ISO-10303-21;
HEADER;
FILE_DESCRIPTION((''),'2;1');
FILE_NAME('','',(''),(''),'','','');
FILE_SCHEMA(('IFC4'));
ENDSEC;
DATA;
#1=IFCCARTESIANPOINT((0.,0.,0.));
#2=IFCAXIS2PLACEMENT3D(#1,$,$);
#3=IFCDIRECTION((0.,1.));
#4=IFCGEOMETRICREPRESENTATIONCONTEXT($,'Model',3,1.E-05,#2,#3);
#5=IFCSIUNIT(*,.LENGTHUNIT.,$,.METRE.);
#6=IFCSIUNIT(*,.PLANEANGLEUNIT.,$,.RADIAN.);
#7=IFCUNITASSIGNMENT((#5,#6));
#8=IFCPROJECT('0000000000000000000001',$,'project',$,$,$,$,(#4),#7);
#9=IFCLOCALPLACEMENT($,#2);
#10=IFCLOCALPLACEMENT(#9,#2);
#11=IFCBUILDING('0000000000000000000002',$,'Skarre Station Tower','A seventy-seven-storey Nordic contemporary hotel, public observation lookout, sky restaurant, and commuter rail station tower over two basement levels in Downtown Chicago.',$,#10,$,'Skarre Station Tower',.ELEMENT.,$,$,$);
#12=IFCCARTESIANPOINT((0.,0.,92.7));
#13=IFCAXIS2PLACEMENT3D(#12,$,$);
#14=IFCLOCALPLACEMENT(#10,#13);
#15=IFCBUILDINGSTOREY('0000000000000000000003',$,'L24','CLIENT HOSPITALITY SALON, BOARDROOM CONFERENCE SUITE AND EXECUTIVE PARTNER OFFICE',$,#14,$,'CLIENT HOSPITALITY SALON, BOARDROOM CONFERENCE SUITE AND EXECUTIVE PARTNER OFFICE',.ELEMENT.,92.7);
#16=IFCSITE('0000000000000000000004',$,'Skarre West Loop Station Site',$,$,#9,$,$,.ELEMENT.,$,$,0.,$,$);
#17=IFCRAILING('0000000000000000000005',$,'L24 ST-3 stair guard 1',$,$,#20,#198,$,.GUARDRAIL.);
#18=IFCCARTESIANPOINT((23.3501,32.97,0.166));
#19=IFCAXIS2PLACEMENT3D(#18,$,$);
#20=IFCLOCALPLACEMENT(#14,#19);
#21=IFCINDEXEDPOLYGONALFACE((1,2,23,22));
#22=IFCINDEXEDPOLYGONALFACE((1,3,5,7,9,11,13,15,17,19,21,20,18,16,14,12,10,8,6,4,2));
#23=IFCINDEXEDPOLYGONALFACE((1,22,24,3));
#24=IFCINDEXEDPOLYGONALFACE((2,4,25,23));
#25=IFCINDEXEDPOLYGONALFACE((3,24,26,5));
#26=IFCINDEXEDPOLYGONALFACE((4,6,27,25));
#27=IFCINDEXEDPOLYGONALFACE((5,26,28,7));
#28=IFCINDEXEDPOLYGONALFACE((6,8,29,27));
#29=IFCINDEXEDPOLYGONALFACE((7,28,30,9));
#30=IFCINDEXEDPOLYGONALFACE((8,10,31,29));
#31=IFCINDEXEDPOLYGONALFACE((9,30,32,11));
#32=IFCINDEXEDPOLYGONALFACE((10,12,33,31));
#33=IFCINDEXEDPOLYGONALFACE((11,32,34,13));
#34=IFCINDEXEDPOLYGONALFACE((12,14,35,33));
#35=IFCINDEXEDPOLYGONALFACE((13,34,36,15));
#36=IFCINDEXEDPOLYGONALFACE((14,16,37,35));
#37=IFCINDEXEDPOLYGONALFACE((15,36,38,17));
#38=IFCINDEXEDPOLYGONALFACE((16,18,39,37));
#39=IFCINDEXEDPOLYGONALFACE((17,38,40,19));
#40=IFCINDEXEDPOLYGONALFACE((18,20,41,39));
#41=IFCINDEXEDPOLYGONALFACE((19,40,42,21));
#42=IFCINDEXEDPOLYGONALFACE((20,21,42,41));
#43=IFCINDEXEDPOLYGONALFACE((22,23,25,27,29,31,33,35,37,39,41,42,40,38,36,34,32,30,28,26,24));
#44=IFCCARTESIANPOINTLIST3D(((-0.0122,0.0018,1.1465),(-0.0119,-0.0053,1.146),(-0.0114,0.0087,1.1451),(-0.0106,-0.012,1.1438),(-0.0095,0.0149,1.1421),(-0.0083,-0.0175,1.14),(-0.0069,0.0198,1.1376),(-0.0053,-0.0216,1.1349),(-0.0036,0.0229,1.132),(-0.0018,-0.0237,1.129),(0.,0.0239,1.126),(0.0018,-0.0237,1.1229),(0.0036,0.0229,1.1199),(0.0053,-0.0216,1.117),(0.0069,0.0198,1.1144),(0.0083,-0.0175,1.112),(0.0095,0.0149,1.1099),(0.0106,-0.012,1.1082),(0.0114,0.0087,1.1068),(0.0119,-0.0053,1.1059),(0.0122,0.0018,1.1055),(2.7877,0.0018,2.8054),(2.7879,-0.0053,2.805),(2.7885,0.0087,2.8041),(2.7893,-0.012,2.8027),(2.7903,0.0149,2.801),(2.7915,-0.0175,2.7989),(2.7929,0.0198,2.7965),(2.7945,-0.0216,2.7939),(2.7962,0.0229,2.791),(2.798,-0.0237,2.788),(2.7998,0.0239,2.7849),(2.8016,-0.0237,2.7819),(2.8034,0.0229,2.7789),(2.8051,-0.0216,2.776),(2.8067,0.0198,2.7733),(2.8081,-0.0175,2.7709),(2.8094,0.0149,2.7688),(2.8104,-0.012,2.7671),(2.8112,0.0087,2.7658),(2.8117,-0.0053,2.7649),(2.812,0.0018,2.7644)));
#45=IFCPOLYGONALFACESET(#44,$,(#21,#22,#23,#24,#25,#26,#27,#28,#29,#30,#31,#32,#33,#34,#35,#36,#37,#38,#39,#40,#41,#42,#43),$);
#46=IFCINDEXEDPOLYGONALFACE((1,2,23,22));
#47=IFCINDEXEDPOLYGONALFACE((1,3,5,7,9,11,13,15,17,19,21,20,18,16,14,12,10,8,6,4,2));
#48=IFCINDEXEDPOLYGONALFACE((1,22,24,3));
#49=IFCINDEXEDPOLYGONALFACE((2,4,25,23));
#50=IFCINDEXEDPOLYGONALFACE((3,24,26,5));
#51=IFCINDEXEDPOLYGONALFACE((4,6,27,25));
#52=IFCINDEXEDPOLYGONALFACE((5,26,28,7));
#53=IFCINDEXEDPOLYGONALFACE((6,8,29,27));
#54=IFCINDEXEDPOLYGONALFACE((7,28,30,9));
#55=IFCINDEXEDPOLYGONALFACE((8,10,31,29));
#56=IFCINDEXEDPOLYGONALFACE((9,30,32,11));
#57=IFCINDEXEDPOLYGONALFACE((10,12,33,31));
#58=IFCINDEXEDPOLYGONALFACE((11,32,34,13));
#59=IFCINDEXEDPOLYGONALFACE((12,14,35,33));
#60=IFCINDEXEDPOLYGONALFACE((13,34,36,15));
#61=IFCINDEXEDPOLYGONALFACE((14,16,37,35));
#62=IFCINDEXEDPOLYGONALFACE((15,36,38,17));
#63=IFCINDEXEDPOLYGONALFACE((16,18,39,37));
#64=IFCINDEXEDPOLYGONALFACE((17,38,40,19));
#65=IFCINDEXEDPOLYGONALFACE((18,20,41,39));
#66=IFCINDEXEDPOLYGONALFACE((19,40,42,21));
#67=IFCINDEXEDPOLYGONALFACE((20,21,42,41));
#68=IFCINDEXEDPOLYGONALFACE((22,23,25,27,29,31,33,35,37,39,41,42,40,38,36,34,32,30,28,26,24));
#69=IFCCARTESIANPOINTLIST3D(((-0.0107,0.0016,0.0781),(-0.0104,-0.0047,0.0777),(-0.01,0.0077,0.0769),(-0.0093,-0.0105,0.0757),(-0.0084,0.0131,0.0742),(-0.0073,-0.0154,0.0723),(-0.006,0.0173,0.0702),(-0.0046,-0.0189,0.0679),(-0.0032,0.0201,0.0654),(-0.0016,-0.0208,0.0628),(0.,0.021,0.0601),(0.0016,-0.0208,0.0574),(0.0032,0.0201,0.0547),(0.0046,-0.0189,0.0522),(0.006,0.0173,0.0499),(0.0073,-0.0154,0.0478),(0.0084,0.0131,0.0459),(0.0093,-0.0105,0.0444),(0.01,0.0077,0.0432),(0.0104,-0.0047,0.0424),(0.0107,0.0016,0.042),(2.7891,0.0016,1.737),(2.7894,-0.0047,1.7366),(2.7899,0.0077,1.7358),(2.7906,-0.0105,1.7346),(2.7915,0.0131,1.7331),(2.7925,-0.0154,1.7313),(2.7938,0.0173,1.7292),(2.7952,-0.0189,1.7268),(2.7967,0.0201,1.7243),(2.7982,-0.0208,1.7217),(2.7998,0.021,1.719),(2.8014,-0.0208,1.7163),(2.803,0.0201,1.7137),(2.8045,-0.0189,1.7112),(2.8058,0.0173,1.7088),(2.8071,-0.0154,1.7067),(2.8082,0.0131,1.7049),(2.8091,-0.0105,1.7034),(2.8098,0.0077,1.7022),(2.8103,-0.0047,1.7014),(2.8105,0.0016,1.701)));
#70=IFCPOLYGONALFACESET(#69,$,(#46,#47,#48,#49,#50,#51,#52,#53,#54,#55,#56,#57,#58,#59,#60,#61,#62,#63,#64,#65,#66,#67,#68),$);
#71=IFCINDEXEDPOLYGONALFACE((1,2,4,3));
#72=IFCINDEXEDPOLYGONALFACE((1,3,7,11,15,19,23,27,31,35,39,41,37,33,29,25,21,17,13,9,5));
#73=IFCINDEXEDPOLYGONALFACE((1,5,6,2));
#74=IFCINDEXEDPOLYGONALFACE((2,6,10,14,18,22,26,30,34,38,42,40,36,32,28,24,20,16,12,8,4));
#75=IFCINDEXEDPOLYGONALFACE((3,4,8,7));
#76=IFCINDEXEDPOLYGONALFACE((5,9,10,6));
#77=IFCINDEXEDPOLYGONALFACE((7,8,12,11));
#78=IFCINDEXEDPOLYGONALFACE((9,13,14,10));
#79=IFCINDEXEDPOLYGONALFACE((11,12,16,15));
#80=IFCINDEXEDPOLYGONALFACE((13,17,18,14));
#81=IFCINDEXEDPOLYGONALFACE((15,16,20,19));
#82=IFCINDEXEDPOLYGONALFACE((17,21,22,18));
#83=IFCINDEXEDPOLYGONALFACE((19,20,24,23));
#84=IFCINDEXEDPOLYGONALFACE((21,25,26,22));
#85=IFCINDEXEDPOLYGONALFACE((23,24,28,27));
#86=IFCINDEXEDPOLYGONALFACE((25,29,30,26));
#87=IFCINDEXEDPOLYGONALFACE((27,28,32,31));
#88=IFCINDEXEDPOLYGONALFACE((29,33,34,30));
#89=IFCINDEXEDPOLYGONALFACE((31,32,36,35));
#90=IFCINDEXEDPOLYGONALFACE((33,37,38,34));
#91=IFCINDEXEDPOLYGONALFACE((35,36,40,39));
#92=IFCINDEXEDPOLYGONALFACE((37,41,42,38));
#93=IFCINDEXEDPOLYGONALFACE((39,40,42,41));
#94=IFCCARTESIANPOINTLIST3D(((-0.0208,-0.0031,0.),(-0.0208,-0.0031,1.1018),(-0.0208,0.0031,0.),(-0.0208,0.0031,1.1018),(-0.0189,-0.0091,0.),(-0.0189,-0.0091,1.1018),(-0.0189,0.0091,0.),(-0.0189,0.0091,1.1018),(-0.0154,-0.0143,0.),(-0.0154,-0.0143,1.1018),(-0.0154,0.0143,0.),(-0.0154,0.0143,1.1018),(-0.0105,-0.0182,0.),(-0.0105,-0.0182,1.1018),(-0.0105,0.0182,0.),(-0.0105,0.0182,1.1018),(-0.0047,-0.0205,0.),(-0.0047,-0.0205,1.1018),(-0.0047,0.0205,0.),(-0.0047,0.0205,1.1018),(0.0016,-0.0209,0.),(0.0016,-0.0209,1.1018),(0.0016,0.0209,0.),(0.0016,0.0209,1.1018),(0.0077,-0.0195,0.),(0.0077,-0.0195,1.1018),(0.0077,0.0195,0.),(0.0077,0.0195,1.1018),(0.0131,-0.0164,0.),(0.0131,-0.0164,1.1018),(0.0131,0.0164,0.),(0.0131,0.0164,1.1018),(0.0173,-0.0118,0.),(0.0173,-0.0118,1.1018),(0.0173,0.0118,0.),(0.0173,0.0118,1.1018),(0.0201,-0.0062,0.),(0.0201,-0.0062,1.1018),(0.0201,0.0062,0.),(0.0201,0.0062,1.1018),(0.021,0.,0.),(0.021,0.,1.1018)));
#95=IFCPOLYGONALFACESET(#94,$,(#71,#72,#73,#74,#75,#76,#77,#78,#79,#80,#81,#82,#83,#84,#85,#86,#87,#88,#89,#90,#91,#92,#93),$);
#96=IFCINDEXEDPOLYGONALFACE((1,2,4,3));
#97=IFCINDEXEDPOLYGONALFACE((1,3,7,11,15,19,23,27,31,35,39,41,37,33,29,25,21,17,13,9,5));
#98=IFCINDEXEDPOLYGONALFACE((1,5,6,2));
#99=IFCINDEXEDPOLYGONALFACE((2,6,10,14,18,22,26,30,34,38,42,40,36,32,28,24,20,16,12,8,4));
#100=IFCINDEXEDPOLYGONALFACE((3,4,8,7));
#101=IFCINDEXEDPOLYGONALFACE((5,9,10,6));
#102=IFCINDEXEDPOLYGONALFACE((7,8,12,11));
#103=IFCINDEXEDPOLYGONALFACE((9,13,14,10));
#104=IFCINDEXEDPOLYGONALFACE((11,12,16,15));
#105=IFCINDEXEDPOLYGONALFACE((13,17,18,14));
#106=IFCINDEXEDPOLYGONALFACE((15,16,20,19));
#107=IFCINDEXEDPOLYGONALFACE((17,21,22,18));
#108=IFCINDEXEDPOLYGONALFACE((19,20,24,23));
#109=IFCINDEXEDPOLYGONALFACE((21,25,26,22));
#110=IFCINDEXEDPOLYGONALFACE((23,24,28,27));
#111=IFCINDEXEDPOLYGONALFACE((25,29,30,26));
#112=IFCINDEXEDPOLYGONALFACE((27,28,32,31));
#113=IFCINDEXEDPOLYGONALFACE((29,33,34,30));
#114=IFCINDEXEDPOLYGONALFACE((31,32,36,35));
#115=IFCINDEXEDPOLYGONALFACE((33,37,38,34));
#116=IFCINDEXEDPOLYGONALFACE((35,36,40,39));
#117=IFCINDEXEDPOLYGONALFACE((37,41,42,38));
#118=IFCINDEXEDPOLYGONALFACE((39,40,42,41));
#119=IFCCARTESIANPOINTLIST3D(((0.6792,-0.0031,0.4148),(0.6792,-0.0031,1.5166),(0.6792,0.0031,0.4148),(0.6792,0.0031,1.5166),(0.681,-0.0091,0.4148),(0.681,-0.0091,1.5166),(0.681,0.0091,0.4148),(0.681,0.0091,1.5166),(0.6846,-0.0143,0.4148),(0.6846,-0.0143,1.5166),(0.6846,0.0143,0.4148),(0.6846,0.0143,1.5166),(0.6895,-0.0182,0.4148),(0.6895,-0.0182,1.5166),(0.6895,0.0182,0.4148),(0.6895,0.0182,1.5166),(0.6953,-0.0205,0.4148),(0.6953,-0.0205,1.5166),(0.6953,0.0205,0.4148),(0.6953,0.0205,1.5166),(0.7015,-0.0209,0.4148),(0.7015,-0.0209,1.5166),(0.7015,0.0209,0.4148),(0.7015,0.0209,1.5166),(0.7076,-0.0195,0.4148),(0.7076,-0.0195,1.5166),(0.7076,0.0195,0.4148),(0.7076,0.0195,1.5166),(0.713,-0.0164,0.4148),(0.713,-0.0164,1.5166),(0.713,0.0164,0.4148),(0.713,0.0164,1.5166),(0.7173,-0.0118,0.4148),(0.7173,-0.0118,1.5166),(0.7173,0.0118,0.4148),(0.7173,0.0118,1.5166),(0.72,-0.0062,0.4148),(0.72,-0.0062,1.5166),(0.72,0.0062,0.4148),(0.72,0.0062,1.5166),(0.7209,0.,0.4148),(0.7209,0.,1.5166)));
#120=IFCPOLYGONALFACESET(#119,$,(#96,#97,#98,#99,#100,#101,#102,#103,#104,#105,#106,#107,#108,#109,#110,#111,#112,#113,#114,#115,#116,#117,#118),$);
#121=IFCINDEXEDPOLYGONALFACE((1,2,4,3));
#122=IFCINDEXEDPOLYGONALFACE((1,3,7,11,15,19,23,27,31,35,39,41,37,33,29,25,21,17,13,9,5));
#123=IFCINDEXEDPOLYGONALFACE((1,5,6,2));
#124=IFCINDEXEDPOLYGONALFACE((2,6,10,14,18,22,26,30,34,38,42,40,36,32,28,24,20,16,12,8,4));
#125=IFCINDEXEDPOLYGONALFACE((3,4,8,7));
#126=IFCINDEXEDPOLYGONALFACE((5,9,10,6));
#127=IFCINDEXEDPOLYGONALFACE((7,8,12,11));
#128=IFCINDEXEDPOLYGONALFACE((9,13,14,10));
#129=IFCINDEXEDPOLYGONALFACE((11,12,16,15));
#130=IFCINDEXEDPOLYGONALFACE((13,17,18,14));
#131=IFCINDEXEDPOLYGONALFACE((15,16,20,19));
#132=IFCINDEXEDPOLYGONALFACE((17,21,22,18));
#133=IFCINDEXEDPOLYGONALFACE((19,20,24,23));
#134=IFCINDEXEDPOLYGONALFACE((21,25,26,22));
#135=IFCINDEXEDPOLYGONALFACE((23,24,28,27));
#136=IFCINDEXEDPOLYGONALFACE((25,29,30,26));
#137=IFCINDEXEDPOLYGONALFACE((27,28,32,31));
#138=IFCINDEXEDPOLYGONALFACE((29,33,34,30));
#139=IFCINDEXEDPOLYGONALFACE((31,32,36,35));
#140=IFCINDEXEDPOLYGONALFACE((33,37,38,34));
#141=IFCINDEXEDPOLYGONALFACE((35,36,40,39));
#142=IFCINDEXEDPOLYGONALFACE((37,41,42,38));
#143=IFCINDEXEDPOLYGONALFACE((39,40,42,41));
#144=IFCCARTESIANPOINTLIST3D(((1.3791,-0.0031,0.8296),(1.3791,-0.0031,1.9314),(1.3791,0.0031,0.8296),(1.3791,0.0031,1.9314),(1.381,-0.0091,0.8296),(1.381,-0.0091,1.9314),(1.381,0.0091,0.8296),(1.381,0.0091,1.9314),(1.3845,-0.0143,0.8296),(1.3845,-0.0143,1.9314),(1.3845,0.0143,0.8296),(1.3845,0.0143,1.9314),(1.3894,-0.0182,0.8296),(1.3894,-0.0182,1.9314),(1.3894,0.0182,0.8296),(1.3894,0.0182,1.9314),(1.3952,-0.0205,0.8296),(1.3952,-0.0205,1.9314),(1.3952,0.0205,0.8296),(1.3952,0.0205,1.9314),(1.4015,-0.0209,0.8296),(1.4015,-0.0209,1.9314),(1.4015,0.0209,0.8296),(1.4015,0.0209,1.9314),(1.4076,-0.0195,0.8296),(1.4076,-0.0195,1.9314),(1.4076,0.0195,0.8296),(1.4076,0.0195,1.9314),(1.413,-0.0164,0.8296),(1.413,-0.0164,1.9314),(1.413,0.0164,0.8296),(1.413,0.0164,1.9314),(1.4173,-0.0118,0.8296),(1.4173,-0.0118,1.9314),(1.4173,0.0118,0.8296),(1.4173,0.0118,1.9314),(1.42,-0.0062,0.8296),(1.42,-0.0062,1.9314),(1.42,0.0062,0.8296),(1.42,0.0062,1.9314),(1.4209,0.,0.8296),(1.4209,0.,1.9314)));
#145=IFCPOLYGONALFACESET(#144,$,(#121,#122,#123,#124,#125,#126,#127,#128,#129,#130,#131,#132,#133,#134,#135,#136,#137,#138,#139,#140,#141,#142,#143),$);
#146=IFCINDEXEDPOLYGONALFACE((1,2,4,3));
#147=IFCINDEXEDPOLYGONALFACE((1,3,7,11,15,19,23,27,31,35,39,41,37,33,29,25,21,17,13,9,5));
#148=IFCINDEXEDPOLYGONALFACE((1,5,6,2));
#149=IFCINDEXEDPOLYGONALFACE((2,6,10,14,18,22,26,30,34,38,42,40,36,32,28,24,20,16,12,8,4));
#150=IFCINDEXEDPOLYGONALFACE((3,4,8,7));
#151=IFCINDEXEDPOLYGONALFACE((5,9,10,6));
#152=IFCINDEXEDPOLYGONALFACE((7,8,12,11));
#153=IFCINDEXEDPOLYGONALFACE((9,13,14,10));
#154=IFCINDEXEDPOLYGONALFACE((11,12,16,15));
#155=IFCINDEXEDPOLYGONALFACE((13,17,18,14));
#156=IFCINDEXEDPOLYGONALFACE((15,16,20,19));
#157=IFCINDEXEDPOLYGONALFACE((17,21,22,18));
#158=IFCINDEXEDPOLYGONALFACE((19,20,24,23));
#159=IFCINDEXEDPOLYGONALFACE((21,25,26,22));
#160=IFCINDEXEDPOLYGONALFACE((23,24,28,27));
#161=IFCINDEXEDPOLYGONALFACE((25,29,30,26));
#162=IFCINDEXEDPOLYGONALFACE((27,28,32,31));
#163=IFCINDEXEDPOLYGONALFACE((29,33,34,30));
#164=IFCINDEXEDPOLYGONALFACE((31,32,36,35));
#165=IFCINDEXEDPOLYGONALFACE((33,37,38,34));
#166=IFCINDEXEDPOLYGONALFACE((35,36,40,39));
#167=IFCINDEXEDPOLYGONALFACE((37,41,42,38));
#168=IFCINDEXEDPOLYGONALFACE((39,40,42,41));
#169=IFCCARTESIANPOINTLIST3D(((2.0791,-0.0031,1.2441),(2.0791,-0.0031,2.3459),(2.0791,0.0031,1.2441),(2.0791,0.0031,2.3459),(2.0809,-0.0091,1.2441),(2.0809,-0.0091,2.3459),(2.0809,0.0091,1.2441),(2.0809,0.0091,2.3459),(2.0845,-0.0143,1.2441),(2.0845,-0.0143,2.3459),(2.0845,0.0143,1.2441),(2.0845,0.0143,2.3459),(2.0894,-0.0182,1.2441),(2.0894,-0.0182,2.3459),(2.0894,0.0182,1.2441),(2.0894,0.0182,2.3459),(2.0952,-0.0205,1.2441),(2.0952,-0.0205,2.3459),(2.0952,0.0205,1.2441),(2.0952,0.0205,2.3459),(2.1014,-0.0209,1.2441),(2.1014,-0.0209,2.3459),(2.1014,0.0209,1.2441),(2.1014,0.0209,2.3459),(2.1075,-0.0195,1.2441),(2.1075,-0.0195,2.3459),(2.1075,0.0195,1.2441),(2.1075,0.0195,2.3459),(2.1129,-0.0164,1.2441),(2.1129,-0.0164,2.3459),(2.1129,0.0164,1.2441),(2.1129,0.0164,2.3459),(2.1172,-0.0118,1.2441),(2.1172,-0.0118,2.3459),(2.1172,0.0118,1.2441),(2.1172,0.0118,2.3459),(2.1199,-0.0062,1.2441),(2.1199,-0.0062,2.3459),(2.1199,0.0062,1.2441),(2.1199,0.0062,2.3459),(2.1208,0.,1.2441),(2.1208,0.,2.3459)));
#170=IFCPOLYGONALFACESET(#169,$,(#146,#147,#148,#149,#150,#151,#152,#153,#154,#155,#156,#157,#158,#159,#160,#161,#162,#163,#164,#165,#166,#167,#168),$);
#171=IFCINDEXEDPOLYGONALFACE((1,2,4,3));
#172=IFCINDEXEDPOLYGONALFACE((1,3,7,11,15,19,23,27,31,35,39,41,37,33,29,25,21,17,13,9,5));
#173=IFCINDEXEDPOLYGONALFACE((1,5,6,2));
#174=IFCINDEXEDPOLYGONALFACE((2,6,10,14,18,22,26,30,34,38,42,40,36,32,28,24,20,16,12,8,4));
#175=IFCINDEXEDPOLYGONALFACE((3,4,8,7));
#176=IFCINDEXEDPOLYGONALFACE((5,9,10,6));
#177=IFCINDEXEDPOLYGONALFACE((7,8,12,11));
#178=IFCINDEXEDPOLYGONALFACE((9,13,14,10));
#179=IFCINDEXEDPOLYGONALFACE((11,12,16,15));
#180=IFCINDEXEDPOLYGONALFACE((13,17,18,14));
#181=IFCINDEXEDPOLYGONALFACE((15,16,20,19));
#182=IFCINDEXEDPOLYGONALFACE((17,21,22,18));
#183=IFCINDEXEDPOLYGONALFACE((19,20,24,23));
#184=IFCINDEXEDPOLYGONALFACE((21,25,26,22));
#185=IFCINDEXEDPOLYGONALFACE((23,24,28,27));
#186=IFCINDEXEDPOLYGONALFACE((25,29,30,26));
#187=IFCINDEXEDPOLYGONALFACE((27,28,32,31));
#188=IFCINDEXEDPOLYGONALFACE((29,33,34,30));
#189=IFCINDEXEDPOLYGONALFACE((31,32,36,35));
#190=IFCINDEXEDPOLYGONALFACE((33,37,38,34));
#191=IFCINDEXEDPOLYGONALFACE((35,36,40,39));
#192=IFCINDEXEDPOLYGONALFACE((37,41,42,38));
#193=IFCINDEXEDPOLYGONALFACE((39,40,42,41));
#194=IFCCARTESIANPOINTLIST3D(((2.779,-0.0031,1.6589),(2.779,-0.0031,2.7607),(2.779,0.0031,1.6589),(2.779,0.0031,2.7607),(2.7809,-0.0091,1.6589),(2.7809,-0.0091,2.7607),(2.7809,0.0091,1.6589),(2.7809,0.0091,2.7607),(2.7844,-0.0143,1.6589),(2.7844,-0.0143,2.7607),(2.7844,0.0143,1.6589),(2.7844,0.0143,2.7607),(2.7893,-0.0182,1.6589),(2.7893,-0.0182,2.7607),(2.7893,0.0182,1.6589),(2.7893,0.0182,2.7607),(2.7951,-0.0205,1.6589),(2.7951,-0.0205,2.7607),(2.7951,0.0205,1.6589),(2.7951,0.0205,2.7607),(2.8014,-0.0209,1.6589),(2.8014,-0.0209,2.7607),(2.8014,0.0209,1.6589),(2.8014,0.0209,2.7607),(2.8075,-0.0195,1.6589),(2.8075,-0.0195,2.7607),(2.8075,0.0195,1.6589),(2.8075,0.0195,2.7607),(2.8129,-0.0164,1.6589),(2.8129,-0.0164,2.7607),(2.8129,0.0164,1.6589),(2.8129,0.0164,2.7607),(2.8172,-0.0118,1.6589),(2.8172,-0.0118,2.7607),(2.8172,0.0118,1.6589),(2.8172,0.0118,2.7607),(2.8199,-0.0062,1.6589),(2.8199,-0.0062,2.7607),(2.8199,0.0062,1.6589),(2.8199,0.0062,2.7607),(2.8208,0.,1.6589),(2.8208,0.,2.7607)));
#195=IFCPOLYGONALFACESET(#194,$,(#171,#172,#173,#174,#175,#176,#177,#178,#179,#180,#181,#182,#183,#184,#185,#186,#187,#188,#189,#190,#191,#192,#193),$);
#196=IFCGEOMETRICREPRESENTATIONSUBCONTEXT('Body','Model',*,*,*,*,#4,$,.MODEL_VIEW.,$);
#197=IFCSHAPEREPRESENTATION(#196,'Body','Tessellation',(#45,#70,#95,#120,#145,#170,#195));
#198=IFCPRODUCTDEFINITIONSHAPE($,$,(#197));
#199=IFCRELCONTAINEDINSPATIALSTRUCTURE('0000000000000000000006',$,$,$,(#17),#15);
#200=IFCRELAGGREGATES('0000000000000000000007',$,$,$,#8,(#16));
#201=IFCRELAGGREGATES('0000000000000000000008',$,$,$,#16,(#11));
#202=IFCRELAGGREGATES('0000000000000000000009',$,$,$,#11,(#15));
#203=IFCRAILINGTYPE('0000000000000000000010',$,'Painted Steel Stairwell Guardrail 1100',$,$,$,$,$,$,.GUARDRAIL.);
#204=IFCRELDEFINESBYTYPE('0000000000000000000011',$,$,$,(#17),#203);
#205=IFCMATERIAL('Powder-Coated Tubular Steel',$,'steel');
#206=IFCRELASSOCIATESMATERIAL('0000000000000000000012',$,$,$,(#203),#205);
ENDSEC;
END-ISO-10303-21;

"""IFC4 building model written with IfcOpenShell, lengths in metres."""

from ifc_helpers import new_model, si_unit, direction, frame, origin, origin_2d, place, context, subcontext, project, spatial, circle, extrude, material, type_object, element, save


model = new_model("IFC4")

# Units and contexts
model_context = context("Model", 3, precision=1e-05, world=origin(), true_north=direction((0.0, 1.0)))
body_context = subcontext(model_context, "Body", "Model", "MODEL_VIEW")
ifc_project = project(units=[si_unit("LENGTHUNIT", "METRE"), si_unit("PLANEANGLEUNIT", "RADIAN")], contexts=[model_context])

# Site, building, storey
site_placement = place(None, origin())
site = spatial("IfcSite", under=ifc_project, at=site_placement, Name="Skarre West Loop Station Site", CompositionType="ELEMENT", RefElevation=0.0)
building_placement = place(site_placement, origin())
building = spatial("IfcBuilding", under=site, at=building_placement, Name="Skarre Station Tower", Description="A seventy-seven-storey Nordic contemporary hotel, public observation lookout, sky restaurant, and commuter rail station tower over two basement levels in Downtown Chicago.", LongName="Skarre Station Tower", CompositionType="ELEMENT")
storey_placement = place(building_placement, frame((0.0, 0.0, 92.7)))
storey = spatial("IfcBuildingStorey", under=building, at=storey_placement, Name="L24", Description="CLIENT HOSPITALITY SALON, BOARDROOM CONFERENCE SUITE AND EXECUTIVE PARTNER OFFICE", LongName="CLIENT HOSPITALITY SALON, BOARDROOM CONFERENCE SUITE AND EXECUTIVE PARTNER OFFICE", CompositionType="ELEMENT", Elevation=92.7)

# Railing
ifc_material_1 = material(Name="Powder-Coated Tubular Steel", Category="steel")
railing_type_1 = type_object("IfcRailingType", Name="Painted Steel Stairwell Guardrail 1100", PredefinedType="GUARDRAIL", material=ifc_material_1)
railing_1_placement = place(storey_placement, frame((23.3501, 32.97, 0.166)))
element("IfcRailing", 1, at=railing_1_placement, inside=storey, type_object=railing_type_1, Name="L24 ST-3 stair guard 1", PredefinedType="GUARDRAIL", context=body_context, shape_type="SweptSolid", body=[
    extrude(circle(Radius=0.0239, at=origin_2d()), frame((0.0, 0.0, 1.126), z_axis=(0.86032, 0.0, 0.509755), x_axis=(0.0, 1.0, 0.0)), (0.0, 0.0, 1.0), 3.2544),
    extrude(circle(Radius=0.021, at=origin_2d()), frame((0.0, 0.0, 0.0601), z_axis=(0.86032, 0.0, 0.509755), x_axis=(0.0, 1.0, 0.0)), (0.0, 0.0, 1.0), 3.2544),
    extrude(circle(Radius=0.021, at=origin_2d()), origin(), (0.0, 0.0, 1.0), 1.1018),
    extrude(circle(Radius=0.021, at=origin_2d()), frame((0.7, 0.0, 0.4148)), (0.0, 0.0, 1.0), 1.1018),
    extrude(circle(Radius=0.021, at=origin_2d()), frame((1.3999, 0.0, 0.8296)), (0.0, 0.0, 1.0), 1.1018),
    extrude(circle(Radius=0.021, at=origin_2d()), frame((2.0999, 0.0, 1.2441)), (0.0, 0.0, 1.0), 1.1018),
    extrude(circle(Radius=0.021, at=origin_2d()), frame((2.7998, 0.0, 1.6589)), (0.0, 0.0, 1.0), 1.1018),
])

save(model, "model.ifc")
